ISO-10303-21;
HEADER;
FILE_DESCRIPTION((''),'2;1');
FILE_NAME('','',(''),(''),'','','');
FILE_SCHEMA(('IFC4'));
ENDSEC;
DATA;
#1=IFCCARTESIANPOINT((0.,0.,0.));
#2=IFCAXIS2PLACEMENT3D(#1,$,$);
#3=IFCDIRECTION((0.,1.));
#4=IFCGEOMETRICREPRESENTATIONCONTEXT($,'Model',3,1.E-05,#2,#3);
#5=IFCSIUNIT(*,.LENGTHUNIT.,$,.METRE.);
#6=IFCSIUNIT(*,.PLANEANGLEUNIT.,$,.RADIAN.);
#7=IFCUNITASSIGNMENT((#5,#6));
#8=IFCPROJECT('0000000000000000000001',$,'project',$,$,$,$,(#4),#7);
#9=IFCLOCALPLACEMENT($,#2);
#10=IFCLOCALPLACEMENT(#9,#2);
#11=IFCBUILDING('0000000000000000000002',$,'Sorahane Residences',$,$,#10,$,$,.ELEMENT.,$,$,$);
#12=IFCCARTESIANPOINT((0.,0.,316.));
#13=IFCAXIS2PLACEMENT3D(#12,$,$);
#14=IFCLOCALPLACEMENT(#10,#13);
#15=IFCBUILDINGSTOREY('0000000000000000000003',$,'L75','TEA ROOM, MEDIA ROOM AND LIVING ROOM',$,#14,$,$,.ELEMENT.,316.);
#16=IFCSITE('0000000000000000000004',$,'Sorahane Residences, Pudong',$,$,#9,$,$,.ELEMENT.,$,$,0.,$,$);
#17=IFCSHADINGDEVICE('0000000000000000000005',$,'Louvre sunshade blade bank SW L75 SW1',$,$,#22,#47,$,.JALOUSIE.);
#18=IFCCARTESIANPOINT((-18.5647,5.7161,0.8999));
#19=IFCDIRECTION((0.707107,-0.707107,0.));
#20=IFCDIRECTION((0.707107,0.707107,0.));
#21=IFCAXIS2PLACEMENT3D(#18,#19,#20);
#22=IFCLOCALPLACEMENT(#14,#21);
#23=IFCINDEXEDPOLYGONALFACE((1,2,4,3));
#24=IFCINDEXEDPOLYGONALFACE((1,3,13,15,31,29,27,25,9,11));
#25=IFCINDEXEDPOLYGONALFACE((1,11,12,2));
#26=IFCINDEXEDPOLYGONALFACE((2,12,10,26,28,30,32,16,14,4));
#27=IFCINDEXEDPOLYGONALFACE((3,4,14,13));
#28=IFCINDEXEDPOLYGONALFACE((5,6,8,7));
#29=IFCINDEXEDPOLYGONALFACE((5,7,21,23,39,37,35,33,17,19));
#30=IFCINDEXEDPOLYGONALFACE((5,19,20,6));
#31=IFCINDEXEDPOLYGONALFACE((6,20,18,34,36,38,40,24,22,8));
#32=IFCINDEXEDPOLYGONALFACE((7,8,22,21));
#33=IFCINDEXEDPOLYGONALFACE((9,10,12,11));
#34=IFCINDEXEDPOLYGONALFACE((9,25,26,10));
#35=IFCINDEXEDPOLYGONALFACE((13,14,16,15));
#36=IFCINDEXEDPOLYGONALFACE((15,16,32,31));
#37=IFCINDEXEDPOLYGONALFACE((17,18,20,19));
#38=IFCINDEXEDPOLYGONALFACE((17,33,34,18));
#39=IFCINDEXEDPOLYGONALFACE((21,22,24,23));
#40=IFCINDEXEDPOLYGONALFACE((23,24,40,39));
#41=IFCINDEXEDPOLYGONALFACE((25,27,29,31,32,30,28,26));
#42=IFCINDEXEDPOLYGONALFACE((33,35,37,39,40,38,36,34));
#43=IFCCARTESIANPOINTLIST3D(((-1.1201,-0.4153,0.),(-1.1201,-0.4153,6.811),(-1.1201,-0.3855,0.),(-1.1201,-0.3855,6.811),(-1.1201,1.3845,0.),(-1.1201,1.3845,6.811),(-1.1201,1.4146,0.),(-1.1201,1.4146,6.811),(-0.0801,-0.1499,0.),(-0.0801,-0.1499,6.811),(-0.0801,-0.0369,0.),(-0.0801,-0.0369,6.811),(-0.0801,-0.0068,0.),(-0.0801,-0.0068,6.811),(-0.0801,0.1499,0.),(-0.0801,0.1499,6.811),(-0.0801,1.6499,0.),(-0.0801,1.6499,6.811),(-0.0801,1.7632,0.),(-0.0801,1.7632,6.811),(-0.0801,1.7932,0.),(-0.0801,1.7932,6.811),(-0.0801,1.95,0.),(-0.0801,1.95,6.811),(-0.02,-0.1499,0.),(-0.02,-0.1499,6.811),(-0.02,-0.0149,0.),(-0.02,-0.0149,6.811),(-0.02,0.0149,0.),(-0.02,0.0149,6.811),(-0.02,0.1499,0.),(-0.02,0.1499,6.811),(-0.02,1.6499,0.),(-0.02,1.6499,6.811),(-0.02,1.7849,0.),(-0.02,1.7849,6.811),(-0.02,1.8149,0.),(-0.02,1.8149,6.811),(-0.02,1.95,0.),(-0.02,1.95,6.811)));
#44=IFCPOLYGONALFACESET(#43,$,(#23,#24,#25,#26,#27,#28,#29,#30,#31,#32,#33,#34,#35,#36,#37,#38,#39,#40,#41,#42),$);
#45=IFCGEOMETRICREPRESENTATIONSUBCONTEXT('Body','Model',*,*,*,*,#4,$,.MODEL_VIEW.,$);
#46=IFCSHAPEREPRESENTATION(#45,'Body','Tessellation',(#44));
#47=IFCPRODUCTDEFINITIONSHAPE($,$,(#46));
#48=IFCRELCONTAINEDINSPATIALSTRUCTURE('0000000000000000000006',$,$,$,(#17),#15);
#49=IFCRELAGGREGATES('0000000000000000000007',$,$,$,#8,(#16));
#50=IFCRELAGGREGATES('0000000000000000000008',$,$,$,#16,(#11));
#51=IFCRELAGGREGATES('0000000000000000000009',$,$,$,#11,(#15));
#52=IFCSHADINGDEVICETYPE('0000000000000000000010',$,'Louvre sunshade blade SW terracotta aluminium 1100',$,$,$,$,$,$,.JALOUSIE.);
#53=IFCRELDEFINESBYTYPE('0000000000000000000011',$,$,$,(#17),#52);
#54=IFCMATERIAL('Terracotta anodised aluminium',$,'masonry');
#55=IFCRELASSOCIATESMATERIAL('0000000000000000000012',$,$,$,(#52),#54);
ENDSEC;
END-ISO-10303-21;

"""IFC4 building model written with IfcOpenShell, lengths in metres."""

from ifc_helpers import new_model, si_unit, direction, frame, origin, place, context, subcontext, project, spatial, polyline, outline, composite_profile, extrude, material, type_object, element, save


model = new_model("IFC4")

# Units and contexts
model_context = context("Model", 3, precision=1e-05, world=origin(), true_north=direction((0.0, 1.0)))
body_context = subcontext(model_context, "Body", "Model", "MODEL_VIEW")
ifc_project = project(units=[si_unit("LENGTHUNIT", "METRE"), si_unit("PLANEANGLEUNIT", "RADIAN")], contexts=[model_context])

# Site, building, storey
site_placement = place(None, origin())
site = spatial("IfcSite", under=ifc_project, at=site_placement, Name="Sorahane Residences, Pudong", CompositionType="ELEMENT", RefElevation=0.0)
building_placement = place(site_placement, origin())
building = spatial("IfcBuilding", under=site, at=building_placement, Name="Sorahane Residences", CompositionType="ELEMENT")
storey_placement = place(building_placement, frame((0.0, 0.0, 316.0)))
storey = spatial("IfcBuildingStorey", under=building, at=storey_placement, Name="L75", Description="TEA ROOM, MEDIA ROOM AND LIVING ROOM", CompositionType="ELEMENT", Elevation=316.0)

# Shading device
ifc_material_1 = material(Name="Terracotta anodised aluminium", Category="masonry")
shading_device_type = type_object("IfcShadingDeviceType", Name="Louvre sunshade blade SW terracotta aluminium 1100", PredefinedType="JALOUSIE", material=ifc_material_1)
shading_device_placement = place(storey_placement, frame((-18.5647, 5.7161, 0.8999), z_axis=(0.707107, -0.707107, 0.0), x_axis=(0.707107, 0.707107, 0.0)))
element("IfcShadingDevice", 1, at=shading_device_placement, inside=storey, type_object=shading_device_type, Name="Louvre sunshade blade bank SW L75 SW1", PredefinedType="JALOUSIE", context=body_context, shape_type="SweptSolid", body=[
    extrude(composite_profile([outline(polyline([(-1.1201, -0.3855), (-1.1201, -0.4153), (-0.0801, -0.0369), (-0.0801, -0.1499), (-0.02, -0.1499), (-0.02, -0.0149), (-0.02, 0.0149), (-0.02, 0.1499), (-0.0801, 0.1499), (-0.0801, -0.0068), (-1.1201, -0.3855)])), outline(polyline([(-1.1201, 1.4146), (-1.1201, 1.3845), (-0.0801, 1.7632), (-0.0801, 1.6499), (-0.02, 1.6499), (-0.02, 1.7849), (-0.02, 1.8149), (-0.02, 1.95), (-0.0801, 1.95), (-0.0801, 1.7932), (-1.1201, 1.4146)]))]), origin(), (0.0, 0.0, 1.0), 6.811),
])

save(model, "model.ifc")
